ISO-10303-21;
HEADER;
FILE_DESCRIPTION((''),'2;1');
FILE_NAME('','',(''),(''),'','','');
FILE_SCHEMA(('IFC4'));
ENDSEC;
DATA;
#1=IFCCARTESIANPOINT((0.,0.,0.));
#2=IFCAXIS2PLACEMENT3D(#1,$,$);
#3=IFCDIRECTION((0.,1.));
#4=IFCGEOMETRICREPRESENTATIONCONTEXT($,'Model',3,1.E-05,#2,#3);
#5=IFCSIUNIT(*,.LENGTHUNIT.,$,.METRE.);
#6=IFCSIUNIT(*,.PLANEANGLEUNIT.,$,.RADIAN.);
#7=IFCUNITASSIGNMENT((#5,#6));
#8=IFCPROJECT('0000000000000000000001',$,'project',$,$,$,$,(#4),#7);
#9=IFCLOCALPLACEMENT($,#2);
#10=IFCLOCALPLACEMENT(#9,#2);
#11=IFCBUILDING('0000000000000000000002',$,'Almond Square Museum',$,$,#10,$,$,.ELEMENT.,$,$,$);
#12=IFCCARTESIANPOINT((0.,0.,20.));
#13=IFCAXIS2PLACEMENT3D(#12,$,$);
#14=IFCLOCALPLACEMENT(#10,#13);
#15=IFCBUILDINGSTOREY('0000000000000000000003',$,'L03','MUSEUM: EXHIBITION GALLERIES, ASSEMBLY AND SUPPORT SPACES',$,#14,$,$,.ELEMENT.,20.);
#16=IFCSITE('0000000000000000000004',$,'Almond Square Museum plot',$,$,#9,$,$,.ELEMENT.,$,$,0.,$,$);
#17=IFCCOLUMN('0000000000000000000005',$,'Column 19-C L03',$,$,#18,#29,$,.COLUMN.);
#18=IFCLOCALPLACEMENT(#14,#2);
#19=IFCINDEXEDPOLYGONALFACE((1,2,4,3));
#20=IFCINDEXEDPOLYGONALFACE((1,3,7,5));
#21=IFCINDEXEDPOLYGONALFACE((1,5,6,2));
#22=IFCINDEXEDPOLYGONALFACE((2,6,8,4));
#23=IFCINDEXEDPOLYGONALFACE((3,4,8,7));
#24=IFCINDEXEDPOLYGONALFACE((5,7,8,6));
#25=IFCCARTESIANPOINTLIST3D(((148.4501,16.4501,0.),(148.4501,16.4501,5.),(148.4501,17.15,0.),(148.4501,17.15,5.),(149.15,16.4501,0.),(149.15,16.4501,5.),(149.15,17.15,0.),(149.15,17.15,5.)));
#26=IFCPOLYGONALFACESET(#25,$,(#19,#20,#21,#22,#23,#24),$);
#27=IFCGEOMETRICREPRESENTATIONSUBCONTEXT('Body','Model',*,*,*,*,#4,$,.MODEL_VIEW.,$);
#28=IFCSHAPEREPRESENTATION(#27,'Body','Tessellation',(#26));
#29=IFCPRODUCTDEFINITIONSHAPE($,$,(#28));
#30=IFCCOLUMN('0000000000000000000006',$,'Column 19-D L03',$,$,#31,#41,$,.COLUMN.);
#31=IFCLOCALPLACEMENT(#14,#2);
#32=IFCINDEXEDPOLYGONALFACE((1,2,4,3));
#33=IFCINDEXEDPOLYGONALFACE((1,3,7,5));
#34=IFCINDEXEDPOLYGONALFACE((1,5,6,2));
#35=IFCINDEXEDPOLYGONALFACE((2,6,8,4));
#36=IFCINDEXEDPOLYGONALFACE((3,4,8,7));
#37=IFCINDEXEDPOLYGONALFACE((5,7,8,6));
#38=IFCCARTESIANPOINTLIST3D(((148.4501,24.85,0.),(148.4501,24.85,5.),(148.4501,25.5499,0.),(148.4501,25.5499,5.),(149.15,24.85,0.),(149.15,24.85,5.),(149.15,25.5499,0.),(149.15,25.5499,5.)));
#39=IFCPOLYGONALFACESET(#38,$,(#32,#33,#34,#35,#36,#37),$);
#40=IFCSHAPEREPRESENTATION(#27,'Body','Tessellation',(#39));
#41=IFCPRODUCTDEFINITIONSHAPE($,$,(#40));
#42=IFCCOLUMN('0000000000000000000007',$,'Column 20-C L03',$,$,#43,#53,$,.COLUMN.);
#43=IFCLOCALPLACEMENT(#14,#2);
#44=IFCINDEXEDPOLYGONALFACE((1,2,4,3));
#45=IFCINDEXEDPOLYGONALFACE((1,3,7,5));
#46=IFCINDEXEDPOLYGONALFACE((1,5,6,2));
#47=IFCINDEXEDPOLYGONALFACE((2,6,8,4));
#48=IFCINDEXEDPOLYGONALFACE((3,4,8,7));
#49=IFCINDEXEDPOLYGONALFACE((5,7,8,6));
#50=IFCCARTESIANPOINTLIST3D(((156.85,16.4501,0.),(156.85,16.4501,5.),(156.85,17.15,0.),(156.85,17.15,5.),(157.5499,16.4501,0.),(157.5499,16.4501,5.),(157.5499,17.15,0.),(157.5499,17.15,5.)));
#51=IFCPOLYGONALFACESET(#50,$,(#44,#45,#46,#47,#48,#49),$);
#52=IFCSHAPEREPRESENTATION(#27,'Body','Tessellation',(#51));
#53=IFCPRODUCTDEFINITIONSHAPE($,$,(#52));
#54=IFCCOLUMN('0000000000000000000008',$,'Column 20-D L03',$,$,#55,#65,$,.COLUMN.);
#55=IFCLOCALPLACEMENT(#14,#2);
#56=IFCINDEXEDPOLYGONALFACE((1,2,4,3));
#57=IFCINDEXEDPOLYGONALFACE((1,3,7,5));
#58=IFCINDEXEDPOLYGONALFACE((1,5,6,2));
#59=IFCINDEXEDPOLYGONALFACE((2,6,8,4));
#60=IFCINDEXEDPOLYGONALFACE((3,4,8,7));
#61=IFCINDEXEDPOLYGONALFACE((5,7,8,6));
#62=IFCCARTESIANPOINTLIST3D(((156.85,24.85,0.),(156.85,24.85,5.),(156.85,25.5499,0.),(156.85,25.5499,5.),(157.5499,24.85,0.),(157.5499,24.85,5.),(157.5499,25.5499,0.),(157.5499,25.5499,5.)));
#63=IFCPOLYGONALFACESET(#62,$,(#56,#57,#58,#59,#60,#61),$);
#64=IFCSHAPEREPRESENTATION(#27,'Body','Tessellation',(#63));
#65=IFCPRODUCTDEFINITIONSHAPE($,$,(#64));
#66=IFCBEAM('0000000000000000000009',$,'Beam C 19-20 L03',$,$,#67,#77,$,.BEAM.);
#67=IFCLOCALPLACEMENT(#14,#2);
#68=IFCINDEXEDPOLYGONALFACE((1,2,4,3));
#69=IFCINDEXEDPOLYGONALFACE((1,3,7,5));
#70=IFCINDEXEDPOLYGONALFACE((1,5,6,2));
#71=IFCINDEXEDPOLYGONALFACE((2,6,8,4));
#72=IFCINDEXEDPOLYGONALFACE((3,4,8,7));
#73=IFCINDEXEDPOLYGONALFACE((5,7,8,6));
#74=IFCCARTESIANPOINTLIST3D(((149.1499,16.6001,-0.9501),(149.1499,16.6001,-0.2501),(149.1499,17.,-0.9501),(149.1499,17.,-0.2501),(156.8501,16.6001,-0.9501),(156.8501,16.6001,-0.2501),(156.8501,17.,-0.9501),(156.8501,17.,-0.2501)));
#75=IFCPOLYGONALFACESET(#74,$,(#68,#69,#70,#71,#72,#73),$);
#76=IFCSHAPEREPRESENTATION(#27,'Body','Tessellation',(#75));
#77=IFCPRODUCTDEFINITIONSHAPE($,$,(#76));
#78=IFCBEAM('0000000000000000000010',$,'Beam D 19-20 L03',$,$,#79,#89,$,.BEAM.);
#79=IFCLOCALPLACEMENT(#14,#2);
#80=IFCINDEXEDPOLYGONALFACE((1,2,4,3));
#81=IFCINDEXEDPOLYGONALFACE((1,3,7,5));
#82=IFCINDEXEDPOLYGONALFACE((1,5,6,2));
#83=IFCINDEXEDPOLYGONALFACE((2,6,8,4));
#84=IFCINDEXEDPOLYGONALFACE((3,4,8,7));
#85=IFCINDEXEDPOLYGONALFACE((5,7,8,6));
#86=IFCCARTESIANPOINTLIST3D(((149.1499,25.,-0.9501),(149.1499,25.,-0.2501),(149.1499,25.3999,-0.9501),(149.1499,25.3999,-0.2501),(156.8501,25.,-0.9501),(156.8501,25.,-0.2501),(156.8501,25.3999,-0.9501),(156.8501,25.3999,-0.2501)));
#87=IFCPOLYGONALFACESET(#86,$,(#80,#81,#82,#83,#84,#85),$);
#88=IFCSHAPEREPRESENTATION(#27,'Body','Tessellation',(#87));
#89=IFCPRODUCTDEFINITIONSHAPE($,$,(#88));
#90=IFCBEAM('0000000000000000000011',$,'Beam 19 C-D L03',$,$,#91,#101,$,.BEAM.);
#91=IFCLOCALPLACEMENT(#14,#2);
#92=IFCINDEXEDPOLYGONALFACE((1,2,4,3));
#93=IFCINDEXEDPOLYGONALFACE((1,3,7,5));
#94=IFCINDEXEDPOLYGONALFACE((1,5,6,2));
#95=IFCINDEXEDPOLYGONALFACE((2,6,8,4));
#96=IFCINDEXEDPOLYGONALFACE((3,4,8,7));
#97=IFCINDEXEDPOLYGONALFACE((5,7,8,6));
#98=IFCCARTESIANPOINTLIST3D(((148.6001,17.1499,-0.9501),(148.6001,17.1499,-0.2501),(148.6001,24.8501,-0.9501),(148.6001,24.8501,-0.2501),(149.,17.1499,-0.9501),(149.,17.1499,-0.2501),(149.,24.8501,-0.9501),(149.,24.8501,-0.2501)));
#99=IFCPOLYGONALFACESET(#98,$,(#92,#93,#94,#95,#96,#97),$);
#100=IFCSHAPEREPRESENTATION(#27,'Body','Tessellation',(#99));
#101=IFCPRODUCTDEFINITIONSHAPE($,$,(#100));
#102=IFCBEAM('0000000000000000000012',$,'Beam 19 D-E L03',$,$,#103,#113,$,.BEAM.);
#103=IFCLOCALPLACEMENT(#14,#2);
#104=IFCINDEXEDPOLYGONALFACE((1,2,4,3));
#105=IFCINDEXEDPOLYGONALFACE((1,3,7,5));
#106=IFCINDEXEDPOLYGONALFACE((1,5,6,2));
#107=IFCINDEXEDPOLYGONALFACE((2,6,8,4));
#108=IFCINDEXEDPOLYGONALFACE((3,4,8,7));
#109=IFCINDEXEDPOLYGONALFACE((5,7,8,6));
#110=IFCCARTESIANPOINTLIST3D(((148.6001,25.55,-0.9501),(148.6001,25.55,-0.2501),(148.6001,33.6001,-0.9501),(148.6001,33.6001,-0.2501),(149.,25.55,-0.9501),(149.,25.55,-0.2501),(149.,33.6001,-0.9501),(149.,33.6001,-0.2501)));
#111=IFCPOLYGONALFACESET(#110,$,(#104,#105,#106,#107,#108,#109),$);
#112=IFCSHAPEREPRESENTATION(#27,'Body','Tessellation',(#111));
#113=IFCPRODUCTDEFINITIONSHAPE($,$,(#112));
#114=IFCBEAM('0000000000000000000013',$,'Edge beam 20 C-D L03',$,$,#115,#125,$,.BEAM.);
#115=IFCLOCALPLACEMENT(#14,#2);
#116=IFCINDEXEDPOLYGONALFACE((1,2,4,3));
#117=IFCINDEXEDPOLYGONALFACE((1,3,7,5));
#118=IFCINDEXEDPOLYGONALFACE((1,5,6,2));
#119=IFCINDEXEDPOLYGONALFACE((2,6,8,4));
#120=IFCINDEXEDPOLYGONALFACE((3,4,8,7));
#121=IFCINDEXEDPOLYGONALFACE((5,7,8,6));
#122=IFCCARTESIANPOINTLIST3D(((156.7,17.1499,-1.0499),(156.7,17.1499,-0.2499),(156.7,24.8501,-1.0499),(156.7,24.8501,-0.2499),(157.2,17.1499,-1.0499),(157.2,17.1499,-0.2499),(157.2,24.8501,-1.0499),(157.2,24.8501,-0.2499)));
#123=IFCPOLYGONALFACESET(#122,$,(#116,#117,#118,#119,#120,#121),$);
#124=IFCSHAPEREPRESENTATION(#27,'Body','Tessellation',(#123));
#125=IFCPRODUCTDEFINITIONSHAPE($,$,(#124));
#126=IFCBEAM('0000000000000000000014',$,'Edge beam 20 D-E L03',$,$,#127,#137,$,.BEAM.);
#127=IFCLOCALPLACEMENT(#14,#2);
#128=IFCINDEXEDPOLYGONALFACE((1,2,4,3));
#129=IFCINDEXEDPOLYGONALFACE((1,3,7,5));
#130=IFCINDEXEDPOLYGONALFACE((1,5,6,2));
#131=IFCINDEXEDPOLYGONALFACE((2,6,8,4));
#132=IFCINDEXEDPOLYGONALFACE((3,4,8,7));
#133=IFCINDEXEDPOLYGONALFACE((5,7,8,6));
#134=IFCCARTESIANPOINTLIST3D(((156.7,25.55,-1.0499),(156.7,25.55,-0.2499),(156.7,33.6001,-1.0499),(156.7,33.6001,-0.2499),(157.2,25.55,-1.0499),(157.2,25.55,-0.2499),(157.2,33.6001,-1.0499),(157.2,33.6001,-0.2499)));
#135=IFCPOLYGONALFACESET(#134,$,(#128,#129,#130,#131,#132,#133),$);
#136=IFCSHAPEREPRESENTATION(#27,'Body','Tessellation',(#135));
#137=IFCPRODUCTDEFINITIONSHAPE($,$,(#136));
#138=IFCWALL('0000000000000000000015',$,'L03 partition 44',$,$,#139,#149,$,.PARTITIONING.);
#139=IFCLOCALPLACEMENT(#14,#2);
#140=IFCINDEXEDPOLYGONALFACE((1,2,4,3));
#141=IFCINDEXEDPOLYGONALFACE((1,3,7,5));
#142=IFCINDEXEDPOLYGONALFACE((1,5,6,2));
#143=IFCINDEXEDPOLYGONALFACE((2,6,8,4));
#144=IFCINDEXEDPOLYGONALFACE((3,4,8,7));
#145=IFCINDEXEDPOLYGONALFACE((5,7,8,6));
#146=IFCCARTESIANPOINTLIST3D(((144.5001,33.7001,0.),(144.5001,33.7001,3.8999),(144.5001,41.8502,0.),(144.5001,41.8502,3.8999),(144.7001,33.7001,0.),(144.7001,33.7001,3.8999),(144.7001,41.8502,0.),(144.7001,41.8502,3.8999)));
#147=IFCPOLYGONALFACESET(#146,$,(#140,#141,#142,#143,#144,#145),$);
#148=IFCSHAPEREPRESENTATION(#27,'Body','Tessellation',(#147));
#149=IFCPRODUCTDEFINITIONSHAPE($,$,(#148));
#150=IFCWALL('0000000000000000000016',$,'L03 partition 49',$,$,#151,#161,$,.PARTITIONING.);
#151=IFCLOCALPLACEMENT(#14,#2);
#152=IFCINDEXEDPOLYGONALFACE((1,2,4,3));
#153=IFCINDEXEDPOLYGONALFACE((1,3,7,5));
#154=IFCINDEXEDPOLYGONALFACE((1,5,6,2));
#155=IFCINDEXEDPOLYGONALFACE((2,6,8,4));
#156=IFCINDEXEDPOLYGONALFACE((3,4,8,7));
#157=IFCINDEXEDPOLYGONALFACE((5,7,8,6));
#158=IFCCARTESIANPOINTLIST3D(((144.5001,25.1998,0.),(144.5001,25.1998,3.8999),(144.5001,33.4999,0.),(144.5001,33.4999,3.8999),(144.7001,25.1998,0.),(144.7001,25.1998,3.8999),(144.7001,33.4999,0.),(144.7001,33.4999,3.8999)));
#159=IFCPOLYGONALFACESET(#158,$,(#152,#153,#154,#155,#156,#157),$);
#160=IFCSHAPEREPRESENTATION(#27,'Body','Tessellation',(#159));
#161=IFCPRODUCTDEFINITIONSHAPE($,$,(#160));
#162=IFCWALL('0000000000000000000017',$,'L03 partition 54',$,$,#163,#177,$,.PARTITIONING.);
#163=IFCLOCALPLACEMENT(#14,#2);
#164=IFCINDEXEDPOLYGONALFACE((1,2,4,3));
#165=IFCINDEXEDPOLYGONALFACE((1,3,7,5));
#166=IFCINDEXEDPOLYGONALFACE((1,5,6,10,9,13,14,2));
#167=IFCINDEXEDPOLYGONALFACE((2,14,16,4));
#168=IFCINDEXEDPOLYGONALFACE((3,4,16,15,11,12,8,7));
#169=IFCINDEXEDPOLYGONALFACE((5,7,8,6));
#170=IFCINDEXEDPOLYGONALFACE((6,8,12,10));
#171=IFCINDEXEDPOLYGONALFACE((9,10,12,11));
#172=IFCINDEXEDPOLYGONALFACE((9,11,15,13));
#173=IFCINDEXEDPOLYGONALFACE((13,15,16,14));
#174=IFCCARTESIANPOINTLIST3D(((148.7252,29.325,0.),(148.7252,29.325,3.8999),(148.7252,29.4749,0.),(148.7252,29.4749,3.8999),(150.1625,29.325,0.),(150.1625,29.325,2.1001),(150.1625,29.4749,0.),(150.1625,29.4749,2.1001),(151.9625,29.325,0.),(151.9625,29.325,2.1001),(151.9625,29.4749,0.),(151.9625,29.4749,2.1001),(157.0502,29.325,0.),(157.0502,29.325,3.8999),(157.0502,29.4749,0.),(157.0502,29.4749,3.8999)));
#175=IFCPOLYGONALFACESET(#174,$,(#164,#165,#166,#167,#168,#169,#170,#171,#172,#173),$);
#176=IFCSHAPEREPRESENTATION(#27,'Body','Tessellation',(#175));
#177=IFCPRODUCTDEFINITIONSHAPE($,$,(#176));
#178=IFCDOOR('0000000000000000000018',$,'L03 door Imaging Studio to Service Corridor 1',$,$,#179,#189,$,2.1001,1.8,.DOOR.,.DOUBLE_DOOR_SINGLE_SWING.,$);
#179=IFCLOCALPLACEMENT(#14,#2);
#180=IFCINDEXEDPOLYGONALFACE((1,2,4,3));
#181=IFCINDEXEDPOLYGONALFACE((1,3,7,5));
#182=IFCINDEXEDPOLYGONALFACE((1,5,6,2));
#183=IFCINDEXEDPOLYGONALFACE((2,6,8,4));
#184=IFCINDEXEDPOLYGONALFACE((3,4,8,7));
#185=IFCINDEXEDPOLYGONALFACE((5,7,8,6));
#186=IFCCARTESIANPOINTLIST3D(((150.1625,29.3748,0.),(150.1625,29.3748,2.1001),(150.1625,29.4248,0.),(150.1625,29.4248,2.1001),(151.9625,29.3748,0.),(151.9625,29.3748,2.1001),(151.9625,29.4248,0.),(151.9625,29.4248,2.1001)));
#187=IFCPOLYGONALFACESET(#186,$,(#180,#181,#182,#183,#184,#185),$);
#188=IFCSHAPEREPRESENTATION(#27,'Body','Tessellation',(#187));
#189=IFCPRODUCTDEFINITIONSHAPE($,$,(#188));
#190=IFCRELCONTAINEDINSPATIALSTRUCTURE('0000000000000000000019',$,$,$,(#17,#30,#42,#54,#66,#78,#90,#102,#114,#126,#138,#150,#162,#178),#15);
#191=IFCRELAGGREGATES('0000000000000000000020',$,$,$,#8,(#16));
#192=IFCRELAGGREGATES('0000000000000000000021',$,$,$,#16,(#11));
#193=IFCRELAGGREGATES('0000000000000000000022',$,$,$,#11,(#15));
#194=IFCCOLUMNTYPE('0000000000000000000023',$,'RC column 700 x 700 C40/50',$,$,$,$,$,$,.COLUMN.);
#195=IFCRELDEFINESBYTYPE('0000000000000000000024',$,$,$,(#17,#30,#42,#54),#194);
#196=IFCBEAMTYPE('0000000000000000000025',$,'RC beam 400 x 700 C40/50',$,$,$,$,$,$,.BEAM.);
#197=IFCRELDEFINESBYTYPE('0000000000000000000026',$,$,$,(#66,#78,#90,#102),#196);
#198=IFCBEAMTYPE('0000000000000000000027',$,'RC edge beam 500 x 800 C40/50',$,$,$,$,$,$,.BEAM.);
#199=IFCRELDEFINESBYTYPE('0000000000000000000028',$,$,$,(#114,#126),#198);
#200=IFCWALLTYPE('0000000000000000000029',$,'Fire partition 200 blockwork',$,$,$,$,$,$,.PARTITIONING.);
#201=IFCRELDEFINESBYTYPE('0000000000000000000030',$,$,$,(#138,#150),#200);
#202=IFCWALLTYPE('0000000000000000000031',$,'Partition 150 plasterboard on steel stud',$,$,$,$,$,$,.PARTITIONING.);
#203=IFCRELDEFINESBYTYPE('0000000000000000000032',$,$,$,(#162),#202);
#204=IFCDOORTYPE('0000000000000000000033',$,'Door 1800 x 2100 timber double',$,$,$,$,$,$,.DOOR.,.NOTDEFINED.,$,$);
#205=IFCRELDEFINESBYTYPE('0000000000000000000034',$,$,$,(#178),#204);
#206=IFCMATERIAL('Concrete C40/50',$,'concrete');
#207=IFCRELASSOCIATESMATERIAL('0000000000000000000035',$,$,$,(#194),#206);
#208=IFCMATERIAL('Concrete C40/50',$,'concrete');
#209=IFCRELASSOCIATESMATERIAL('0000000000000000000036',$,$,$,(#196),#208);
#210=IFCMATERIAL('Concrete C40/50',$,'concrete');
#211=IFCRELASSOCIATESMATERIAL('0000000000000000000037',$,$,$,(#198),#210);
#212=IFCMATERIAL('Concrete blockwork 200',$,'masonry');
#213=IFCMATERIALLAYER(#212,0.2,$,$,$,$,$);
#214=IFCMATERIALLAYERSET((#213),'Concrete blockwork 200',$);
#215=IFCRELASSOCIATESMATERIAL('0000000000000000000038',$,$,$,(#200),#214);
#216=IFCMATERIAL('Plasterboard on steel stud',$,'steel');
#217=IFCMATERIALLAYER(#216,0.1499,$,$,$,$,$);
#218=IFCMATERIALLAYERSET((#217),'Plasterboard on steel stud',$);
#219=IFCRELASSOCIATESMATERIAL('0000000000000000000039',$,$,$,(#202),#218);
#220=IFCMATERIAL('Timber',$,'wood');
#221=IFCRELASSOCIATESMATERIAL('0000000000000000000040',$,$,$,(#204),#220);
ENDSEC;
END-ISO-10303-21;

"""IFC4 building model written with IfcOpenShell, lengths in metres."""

from ifc_helpers import new_model, si_unit, direction, frame, frame_2d, origin, origin_2d, place, context, subcontext, project, spatial, rectangle, extrude, material, layer, layer_set, material_profile, profile_set, type_object, element, fill, save


model = new_model("IFC4")

# Units and contexts
model_context = context("Model", 3, precision=1e-05, world=origin(), true_north=direction((0.0, 1.0)))
body_context = subcontext(model_context, "Body", "Model", "MODEL_VIEW")
ifc_project = project(units=[si_unit("LENGTHUNIT", "METRE"), si_unit("PLANEANGLEUNIT", "RADIAN")], contexts=[model_context])

# Site, building, storey
site_placement = place(None, origin())
site = spatial("IfcSite", under=ifc_project, at=site_placement, Name="Almond Square Museum plot", CompositionType="ELEMENT", RefElevation=0.0)
building_placement = place(site_placement, origin())
building = spatial("IfcBuilding", under=site, at=building_placement, Name="Almond Square Museum", CompositionType="ELEMENT")
storey_placement = place(building_placement, frame((0.0, 0.0, 20.0)))
storey = spatial("IfcBuildingStorey", under=building, at=storey_placement, Name="L03", Description="MUSEUM: EXHIBITION GALLERIES, ASSEMBLY AND SUPPORT SPACES", CompositionType="ELEMENT", Elevation=20.0)

# Columns
ifc_material_1 = material(Name="Concrete C40/50", Category="concrete")
ifc_material_profile_1 = material_profile(ifc_material_1, rectangle(XDim=0.7, YDim=0.7, at=origin_2d()))
ifc_profile_set_1 = profile_set([ifc_material_profile_1], Name="Concrete C40/50")
column_type = type_object("IfcColumnType", Name="RC column 700 x 700 C40/50", PredefinedType="COLUMN", material=ifc_profile_set_1)
for number, where, z_axis, x_axis, name in (
    (1, (148.8, 16.8, 0.0), (0.0, 0.0, 1.0), (1.0, 0.0, 0.0), "Column 19-C L03"),
    (2, (148.8, 25.2, 0.0), (0.0, 0.0, 1.0), (1.0, 0.0, 0.0), "Column 19-D L03"),
    (3, (157.2, 16.8, 0.0), (0.0, 0.0, 1.0), (1.0, 0.0, 0.0), "Column 20-C L03"),
    (4, (157.2, 25.2, 0.0), (0.0, 0.0, 1.0), (1.0, 0.0, 0.0), "Column 20-D L03"),
):
    element("IfcColumn", number, at=place(storey_placement, frame(where, z_axis=z_axis, x_axis=x_axis)), inside=storey, type_object=column_type, Name=name, PredefinedType="COLUMN", context=body_context, shape_type="SweptSolid", body=[
        extrude(rectangle(XDim=0.7, YDim=0.7, at=origin_2d()), origin(), (0.0, 0.0, 1.0), 5.0),
    ])

# Beams
ifc_material_2 = material(Name="Concrete C40/50", Category="concrete")
ifc_material_profile_2 = material_profile(ifc_material_2, rectangle(XDim=0.3999, YDim=0.7, at=origin_2d()))
ifc_profile_set_2 = profile_set([ifc_material_profile_2], Name="Concrete C40/50")
beam_type_1 = type_object("IfcBeamType", Name="RC beam 400 x 700 C40/50", PredefinedType="BEAM", material=ifc_profile_set_2)
for number, where, z_axis, x_axis, name in (
    (5, (149.1499, 16.8, -0.6001), (1.0, 0.0, 0.0), (0.0, 1.0, 0.0), "Beam C 19-20 L03"),
    (6, (149.1499, 25.2, -0.6001), (1.0, 0.0, 0.0), (0.0, 1.0, 0.0), "Beam D 19-20 L03"),
    (7, (148.8, 17.1499, -0.6001), (0.0, 1.0, 0.0), (-1.0, 0.0, 0.0), "Beam 19 C-D L03"),
):
    element("IfcBeam", number, at=place(storey_placement, frame(where, z_axis=z_axis, x_axis=x_axis)), inside=storey, type_object=beam_type_1, Name=name, PredefinedType="BEAM", context=body_context, shape_type="SweptSolid", body=[
        extrude(rectangle(XDim=0.3999, YDim=0.7, at=origin_2d()), origin(), (0.0, 0.0, 1.0), 7.7002),
    ])
beam_1_placement = place(storey_placement, frame((148.8, 25.55, -0.6001), z_axis=(0.0, 1.0, 0.0), x_axis=(-1.0, 0.0, 0.0)))
element("IfcBeam", 8, at=beam_1_placement, inside=storey, type_object=beam_type_1, Name="Beam 19 D-E L03", PredefinedType="BEAM", context=body_context, shape_type="SweptSolid", body=[
    extrude(rectangle(XDim=0.3999, YDim=0.7, at=origin_2d()), origin(), (0.0, 0.0, 1.0), 8.05),
])
ifc_material_3 = material(Name="Concrete C40/50", Category="concrete")
ifc_material_profile_3 = material_profile(ifc_material_3, rectangle(XDim=0.5, YDim=0.8, at=origin_2d()))
ifc_profile_set_3 = profile_set([ifc_material_profile_3], Name="Concrete C40/50")
beam_type_2 = type_object("IfcBeamType", Name="RC edge beam 500 x 800 C40/50", PredefinedType="BEAM", material=ifc_profile_set_3)
beam_2_placement = place(storey_placement, frame((156.95, 17.1499, -0.6499), z_axis=(0.0, 1.0, 0.0), x_axis=(-1.0, 0.0, 0.0)))
element("IfcBeam", 9, at=beam_2_placement, inside=storey, type_object=beam_type_2, Name="Edge beam 20 C-D L03", PredefinedType="BEAM", context=body_context, shape_type="SweptSolid", body=[
    extrude(rectangle(XDim=0.5, YDim=0.8, at=origin_2d()), origin(), (0.0, 0.0, 1.0), 7.7002),
])
beam_3_placement = place(storey_placement, frame((156.95, 25.55, -0.6499), z_axis=(0.0, 1.0, 0.0), x_axis=(-1.0, 0.0, 0.0)))
element("IfcBeam", 10, at=beam_3_placement, inside=storey, type_object=beam_type_2, Name="Edge beam 20 D-E L03", PredefinedType="BEAM", context=body_context, shape_type="SweptSolid", body=[
    extrude(rectangle(XDim=0.5, YDim=0.8, at=origin_2d()), origin(), (0.0, 0.0, 1.0), 8.05),
])

# Walls
ifc_material_4 = material(Name="Concrete blockwork 200", Category="masonry")
ifc_layer_1 = layer(ifc_material_4, 0.2)
ifc_layer_set_1 = layer_set([ifc_layer_1], Name="Concrete blockwork 200")
wall_type_1 = type_object("IfcWallType", Name="Fire partition 200 blockwork", PredefinedType="PARTITIONING", material=ifc_layer_set_1)
wall_1_placement = place(storey_placement, frame((144.6001, 33.7, 0.0), z_axis=(0.0, 0.0, 1.0), x_axis=(0.0, 1.0, 0.0)))
element("IfcWall", 11, at=wall_1_placement, inside=storey, type_object=wall_type_1, Name="L03 partition 44", PredefinedType="PARTITIONING", context=body_context, shape_type="SweptSolid", body=[
    extrude(rectangle(XDim=8.1501, YDim=0.2, at=frame_2d((4.0752, 0.0))), origin(), (0.0, 0.0, 1.0), 3.8999),
])
wall_2_placement = place(storey_placement, frame((144.6001, 25.2, 0.0), z_axis=(0.0, 0.0, 1.0), x_axis=(0.0, 1.0, 0.0)))
element("IfcWall", 12, at=wall_2_placement, inside=storey, type_object=wall_type_1, Name="L03 partition 49", PredefinedType="PARTITIONING", context=body_context, shape_type="SweptSolid", body=[
    extrude(rectangle(XDim=8.3, YDim=0.2, at=frame_2d((4.1499, 0.0))), origin(), (0.0, 0.0, 1.0), 3.8999),
])

# Wall, opening, door
ifc_material_5 = material(Name="Plasterboard on steel stud", Category="steel")
ifc_layer_2 = layer(ifc_material_5, 0.1499)
ifc_layer_set_2 = layer_set([ifc_layer_2], Name="Plasterboard on steel stud")
wall_type_2 = type_object("IfcWallType", Name="Partition 150 plasterboard on steel stud", PredefinedType="PARTITIONING", material=ifc_layer_set_2)
wall_3_placement = place(storey_placement, frame((148.7251, 29.3999, 0.0), z_axis=(0.0, 0.0, 1.0), x_axis=(1.0, 0.0, 0.0)))
wall_3 = element("IfcWall", 13, at=wall_3_placement, inside=storey, type_object=wall_type_2, Name="L03 partition 54", PredefinedType="PARTITIONING", context=body_context, shape_type="SweptSolid", body=[
    extrude(rectangle(XDim=8.325, YDim=0.1499, at=frame_2d((4.1626, 0.0))), origin(), (0.0, 0.0, 1.0), 3.8999),
])
opening_1_placement = place(wall_3_placement, frame((1.4375, 0.0, 0.0)))
opening_1 = element("IfcOpeningElement", 14, at=opening_1_placement, cuts=wall_3, PredefinedType="OPENING", context=body_context, shape_type="SweptSolid", body=[
    extrude(rectangle(XDim=1.8, YDim=2.1001, at=frame_2d((0.8999, 1.05))), frame((0.0, 0.085, 0.0), z_axis=(0.0, -1.0, 0.0), x_axis=(1.0, 0.0, 0.0)), (0.0, 0.0, 1.0), 0.1699),
])
ifc_material_6 = material(Name="Timber", Category="wood")
door_type_1 = type_object("IfcDoorType", Name="Door 1800 x 2100 timber double", OperationType="NOTDEFINED", PredefinedType="DOOR", material=ifc_material_6)
door_1_placement = place(opening_1_placement, origin())
door_1 = element("IfcDoor", 15, at=door_1_placement, inside=storey, type_object=door_type_1, Name="L03 door Imaging Studio to Service Corridor 1", OperationType="DOUBLE_DOOR_SINGLE_SWING", OverallHeight=2.1001, OverallWidth=1.8, PredefinedType="DOOR", context=body_context, shape_type="SweptSolid", body=[
    extrude(rectangle(XDim=1.8, YDim=2.1001, at=frame_2d((0.8999, 1.05))), frame((0.0, 0.0249, 0.0), z_axis=(0.0, -1.0, 0.0), x_axis=(1.0, 0.0, 0.0)), (0.0, 0.0, 1.0), 0.05),
])
fill(opening_1, door_1)

save(model, "model.ifc")
